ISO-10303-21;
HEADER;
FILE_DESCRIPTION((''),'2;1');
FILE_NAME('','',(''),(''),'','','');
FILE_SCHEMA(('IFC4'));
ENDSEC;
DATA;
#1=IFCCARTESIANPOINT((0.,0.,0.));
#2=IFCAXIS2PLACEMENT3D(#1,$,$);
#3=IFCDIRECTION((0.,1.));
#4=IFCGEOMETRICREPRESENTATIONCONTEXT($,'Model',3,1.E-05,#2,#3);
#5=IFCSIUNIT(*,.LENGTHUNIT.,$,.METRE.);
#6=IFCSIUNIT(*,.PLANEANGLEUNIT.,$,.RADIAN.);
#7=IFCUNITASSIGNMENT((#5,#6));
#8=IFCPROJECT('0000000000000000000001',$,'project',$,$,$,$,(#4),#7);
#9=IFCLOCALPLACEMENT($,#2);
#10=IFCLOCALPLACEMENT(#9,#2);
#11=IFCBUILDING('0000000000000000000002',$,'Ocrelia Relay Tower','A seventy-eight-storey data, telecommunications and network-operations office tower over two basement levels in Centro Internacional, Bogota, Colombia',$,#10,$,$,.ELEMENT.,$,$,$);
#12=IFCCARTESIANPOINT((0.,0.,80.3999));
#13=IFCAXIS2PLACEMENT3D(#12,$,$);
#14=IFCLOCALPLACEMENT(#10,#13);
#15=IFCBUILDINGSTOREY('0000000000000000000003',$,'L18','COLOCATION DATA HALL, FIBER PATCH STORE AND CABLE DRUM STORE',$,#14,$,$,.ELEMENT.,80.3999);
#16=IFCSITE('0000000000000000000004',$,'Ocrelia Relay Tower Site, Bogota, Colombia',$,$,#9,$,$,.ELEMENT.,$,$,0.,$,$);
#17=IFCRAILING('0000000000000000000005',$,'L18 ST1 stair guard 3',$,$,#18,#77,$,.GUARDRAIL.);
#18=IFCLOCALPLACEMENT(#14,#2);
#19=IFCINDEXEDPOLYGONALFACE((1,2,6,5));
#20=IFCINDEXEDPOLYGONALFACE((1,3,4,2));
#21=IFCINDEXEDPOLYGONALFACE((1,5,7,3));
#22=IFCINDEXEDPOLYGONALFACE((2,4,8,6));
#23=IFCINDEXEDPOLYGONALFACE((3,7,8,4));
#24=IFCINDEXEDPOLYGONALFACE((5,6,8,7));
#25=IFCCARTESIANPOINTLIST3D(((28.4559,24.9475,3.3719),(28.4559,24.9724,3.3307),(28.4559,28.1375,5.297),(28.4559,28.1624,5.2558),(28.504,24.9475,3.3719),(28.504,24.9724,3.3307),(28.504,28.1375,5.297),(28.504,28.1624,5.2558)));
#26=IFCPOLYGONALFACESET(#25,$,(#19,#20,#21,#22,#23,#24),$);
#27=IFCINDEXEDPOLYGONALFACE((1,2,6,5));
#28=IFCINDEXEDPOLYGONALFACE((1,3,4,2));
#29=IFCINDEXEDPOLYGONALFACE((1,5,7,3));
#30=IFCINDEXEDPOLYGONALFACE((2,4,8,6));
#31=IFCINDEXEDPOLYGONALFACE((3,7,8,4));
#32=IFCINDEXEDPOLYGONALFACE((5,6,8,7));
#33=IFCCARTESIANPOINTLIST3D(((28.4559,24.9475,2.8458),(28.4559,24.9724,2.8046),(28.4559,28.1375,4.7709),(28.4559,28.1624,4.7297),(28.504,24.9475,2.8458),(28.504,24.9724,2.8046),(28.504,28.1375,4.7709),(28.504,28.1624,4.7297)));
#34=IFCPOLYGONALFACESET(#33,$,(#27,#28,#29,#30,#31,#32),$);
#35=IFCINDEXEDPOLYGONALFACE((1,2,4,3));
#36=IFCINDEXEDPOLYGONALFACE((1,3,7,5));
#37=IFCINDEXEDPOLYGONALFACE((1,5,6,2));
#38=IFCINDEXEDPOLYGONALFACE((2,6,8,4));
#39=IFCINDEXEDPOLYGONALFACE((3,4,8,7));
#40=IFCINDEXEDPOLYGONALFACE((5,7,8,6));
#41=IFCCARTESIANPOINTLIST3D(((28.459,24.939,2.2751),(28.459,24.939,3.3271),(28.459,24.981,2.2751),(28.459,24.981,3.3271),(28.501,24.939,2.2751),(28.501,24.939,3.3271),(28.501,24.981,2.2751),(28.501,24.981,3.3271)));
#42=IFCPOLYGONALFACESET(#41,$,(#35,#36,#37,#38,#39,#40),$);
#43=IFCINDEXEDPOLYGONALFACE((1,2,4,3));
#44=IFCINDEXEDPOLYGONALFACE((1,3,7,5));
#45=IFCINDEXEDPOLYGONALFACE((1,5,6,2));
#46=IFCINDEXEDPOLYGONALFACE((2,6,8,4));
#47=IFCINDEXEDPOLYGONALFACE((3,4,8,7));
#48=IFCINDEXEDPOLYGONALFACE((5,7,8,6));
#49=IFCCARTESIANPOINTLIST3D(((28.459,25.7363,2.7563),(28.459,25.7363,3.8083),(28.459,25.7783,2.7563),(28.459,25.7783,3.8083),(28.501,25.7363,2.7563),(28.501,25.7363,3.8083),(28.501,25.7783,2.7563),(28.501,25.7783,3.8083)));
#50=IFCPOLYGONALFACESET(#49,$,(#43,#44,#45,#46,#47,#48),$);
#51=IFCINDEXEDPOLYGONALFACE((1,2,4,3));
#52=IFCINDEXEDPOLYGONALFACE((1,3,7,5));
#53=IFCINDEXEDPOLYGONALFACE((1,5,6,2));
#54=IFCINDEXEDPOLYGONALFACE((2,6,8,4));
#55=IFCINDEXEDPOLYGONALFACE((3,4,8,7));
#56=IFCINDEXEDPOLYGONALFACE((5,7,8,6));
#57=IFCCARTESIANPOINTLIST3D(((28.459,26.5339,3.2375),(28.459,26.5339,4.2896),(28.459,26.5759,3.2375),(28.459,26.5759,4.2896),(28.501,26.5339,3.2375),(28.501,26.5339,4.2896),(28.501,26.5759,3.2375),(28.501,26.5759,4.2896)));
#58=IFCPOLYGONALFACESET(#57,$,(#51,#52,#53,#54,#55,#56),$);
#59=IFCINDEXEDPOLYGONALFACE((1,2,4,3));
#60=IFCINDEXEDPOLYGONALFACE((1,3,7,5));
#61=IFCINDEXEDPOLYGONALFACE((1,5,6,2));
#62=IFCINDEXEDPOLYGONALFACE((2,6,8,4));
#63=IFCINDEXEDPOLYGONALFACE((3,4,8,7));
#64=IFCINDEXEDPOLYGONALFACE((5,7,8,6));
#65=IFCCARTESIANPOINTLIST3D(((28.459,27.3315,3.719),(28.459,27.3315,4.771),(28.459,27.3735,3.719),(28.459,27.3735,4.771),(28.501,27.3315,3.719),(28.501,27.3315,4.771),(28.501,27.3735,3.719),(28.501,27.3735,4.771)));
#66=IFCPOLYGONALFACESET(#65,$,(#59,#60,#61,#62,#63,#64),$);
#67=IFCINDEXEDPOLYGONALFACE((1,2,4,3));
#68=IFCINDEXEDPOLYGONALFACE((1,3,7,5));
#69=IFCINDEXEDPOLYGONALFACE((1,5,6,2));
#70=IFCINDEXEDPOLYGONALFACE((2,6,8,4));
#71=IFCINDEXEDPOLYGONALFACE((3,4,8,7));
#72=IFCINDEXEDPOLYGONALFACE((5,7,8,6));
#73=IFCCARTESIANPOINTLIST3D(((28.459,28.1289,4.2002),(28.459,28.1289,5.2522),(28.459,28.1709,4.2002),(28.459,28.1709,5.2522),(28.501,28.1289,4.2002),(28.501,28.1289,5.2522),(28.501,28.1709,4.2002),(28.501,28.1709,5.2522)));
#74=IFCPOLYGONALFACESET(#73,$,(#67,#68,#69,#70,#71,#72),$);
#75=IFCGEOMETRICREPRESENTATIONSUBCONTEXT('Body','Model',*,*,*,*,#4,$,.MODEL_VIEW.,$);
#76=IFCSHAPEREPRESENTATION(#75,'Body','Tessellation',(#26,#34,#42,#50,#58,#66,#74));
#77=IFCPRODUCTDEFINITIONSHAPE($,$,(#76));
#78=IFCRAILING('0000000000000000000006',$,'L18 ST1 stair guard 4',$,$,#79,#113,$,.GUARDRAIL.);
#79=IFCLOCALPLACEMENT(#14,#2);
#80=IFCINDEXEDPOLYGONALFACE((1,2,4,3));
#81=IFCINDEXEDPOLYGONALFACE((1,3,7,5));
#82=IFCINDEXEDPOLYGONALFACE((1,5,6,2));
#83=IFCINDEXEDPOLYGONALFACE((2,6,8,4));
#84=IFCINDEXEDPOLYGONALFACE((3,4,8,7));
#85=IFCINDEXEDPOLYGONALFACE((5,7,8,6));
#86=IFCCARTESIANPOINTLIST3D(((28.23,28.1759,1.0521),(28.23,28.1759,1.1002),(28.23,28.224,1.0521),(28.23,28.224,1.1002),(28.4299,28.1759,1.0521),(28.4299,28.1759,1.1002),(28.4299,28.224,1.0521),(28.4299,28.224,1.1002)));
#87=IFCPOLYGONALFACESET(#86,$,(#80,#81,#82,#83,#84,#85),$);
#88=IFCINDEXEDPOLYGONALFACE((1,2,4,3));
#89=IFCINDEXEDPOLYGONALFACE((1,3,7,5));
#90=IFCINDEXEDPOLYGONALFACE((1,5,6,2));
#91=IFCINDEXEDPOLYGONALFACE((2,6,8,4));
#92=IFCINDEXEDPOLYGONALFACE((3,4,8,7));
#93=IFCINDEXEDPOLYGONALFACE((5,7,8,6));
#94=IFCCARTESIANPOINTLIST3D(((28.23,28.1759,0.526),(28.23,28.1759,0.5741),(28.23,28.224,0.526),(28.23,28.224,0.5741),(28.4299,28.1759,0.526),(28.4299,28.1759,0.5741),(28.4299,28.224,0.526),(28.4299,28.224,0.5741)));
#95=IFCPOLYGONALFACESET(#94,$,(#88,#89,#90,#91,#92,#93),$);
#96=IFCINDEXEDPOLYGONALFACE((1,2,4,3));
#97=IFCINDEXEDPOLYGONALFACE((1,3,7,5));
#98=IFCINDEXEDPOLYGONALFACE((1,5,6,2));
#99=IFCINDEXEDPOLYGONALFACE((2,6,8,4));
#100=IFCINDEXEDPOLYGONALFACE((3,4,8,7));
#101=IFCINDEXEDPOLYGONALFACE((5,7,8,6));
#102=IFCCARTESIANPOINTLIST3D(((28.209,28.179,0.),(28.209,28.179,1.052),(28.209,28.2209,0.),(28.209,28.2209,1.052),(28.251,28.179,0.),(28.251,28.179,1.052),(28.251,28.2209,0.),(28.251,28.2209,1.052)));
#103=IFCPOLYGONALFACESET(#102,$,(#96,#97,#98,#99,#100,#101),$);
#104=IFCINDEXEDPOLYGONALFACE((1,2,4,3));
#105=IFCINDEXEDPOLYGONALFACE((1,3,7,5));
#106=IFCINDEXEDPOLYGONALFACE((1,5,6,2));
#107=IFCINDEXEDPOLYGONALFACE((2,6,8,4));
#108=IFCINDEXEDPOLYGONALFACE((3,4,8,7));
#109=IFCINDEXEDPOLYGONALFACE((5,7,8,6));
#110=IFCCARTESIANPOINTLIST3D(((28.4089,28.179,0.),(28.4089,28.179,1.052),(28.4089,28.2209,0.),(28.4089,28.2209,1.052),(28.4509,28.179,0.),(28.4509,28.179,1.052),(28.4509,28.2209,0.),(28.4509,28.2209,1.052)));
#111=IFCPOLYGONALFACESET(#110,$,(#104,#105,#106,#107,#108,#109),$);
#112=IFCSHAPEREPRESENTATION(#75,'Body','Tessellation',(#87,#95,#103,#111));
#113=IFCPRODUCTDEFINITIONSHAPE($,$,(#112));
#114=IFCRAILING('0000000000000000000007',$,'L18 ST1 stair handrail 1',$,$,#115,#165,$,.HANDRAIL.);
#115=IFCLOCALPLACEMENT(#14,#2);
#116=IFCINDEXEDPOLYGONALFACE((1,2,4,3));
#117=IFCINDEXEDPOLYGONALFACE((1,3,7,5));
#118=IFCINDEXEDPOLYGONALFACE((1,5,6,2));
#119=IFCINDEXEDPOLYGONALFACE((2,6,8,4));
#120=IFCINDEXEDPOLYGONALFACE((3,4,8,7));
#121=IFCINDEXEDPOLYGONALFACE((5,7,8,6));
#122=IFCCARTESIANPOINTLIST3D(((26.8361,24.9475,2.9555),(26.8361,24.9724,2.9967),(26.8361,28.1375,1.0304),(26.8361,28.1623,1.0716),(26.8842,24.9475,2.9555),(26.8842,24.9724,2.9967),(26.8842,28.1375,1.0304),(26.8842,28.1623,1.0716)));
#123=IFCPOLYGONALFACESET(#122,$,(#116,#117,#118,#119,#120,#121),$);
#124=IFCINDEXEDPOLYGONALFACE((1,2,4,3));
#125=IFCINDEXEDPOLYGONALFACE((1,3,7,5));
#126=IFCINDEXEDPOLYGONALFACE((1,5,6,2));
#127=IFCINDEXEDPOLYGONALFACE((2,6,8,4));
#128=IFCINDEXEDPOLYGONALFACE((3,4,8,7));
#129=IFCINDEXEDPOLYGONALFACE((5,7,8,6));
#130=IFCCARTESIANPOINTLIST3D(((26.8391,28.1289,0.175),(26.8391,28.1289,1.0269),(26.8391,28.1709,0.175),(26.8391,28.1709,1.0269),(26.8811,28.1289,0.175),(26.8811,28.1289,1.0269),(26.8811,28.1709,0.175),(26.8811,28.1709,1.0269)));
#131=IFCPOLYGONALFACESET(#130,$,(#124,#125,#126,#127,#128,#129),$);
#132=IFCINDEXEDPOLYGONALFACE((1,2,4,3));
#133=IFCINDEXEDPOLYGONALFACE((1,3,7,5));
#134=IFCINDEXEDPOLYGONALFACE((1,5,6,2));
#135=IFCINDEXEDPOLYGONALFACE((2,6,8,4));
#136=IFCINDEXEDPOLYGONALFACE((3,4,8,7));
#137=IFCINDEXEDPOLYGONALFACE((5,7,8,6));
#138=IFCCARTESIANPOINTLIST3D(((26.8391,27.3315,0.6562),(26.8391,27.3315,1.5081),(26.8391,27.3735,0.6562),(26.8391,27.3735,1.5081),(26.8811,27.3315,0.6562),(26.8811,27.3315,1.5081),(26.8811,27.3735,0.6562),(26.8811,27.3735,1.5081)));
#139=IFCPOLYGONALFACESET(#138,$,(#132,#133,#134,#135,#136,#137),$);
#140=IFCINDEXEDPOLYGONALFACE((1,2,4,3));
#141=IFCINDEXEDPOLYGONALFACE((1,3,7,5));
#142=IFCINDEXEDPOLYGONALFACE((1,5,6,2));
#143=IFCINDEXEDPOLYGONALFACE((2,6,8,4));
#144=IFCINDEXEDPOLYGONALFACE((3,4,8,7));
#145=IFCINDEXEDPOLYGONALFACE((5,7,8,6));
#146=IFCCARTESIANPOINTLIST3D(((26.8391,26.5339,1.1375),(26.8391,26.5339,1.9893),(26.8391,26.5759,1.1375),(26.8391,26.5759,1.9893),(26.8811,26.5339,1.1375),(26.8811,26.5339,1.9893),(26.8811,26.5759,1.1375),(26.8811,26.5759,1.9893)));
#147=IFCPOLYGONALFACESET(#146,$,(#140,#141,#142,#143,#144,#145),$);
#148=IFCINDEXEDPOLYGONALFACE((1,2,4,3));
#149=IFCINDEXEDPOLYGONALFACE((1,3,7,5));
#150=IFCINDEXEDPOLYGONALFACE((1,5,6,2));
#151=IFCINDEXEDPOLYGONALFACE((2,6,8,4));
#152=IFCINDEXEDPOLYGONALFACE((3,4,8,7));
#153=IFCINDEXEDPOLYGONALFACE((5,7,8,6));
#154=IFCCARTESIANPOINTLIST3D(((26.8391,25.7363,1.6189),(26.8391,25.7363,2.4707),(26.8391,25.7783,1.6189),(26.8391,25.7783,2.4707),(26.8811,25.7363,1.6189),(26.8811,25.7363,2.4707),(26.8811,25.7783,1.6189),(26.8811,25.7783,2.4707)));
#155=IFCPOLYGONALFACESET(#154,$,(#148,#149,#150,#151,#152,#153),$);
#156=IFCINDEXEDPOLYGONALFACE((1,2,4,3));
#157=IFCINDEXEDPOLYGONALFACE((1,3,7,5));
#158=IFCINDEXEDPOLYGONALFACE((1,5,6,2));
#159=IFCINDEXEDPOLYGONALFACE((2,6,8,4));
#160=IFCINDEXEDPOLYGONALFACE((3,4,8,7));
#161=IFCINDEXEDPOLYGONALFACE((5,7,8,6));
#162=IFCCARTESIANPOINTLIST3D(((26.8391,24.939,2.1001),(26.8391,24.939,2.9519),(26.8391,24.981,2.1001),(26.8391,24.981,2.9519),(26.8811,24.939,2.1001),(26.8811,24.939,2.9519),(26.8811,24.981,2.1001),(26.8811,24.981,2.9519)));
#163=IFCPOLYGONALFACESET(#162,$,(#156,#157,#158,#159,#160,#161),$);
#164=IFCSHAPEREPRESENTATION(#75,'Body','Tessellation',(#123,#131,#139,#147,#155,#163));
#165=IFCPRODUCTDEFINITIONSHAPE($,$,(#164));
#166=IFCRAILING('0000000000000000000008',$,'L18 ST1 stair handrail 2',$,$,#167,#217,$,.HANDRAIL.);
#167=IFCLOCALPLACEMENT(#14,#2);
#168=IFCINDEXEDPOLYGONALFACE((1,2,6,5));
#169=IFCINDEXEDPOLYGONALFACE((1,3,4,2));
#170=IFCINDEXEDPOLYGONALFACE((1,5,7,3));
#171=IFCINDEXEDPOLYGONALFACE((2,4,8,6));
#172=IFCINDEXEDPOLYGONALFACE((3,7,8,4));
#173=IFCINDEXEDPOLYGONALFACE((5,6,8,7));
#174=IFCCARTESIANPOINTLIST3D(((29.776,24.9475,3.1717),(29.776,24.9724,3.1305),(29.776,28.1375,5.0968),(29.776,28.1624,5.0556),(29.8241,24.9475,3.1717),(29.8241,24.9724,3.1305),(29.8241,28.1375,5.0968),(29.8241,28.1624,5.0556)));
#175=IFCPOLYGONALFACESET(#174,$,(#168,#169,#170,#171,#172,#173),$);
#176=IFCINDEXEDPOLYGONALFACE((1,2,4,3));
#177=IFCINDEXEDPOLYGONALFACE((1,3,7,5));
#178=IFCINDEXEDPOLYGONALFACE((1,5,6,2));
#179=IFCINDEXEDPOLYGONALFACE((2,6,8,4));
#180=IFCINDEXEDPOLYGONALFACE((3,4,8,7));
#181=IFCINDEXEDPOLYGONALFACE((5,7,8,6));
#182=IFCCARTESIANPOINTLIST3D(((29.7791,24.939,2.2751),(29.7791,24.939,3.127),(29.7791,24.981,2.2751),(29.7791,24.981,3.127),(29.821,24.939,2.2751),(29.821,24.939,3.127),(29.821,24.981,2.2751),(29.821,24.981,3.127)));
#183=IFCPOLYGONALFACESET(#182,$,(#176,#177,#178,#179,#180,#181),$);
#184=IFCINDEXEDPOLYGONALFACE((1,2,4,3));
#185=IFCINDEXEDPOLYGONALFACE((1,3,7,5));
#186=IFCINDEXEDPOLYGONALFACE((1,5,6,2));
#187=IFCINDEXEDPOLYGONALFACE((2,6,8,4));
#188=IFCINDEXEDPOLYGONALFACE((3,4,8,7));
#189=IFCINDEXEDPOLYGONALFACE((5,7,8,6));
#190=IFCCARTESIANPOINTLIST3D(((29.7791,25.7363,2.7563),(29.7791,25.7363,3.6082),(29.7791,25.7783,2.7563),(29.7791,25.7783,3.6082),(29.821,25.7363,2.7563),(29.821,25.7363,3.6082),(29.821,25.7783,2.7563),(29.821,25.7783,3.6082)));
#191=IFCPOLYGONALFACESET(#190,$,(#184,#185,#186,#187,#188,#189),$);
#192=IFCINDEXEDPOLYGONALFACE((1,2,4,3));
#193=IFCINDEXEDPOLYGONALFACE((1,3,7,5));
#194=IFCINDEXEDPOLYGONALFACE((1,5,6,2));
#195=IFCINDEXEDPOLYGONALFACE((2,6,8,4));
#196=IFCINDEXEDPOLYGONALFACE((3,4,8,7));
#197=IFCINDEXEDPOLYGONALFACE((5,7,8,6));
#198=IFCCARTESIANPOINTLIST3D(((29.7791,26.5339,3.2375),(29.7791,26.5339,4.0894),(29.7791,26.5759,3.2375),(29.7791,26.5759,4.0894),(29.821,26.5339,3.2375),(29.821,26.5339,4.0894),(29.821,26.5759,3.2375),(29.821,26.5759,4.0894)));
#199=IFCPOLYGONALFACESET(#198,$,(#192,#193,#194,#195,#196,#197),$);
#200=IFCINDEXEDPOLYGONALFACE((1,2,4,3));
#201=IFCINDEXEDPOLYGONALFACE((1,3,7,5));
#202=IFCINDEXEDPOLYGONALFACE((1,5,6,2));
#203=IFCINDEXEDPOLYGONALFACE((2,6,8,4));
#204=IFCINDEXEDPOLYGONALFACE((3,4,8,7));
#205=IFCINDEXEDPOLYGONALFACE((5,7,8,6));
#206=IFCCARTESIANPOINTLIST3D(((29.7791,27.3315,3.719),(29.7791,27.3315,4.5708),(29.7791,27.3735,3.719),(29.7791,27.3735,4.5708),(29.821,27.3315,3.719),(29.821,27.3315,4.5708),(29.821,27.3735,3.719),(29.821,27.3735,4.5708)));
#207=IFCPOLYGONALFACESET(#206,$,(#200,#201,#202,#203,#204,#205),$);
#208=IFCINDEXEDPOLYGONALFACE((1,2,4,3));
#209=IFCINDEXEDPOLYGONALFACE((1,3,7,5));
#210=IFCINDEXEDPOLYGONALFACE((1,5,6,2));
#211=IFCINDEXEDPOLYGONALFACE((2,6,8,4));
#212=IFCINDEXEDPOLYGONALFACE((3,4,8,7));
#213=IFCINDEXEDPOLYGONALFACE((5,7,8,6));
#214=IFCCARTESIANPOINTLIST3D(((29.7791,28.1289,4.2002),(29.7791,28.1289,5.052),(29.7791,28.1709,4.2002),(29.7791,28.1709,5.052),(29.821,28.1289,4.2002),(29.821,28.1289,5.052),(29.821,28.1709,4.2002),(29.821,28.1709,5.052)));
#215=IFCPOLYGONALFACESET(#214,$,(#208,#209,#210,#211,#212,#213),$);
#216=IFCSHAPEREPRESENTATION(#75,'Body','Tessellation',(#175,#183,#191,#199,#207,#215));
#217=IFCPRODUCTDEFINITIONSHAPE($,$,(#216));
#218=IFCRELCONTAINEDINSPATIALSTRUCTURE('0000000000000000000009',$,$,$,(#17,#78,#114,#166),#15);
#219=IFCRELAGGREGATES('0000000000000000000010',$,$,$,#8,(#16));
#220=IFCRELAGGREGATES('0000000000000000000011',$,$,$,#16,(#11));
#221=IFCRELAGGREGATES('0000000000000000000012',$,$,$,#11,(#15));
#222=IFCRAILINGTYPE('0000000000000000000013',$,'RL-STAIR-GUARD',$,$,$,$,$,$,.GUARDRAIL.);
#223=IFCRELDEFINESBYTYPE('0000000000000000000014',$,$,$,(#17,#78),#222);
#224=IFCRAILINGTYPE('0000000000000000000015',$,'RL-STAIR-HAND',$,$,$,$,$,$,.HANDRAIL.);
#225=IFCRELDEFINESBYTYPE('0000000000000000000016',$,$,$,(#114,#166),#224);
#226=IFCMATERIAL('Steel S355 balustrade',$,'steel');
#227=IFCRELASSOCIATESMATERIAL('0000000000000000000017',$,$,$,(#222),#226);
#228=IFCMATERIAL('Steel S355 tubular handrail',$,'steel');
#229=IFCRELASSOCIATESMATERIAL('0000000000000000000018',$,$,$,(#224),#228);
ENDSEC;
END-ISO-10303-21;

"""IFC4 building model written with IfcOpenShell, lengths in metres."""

from ifc_helpers import new_model, si_unit, direction, frame, origin, origin_2d, place, context, subcontext, project, spatial, rectangle, extrude, material, type_object, element, save


model = new_model("IFC4")

# Units and contexts
model_context = context("Model", 3, precision=1e-05, world=origin(), true_north=direction((0.0, 1.0)))
body_context = subcontext(model_context, "Body", "Model", "MODEL_VIEW")
ifc_project = project(units=[si_unit("LENGTHUNIT", "METRE"), si_unit("PLANEANGLEUNIT", "RADIAN")], contexts=[model_context])

# Site, building, storey
site_placement = place(None, origin())
site = spatial("IfcSite", under=ifc_project, at=site_placement, Name="Ocrelia Relay Tower Site, Bogota, Colombia", CompositionType="ELEMENT", RefElevation=0.0)
building_placement = place(site_placement, origin())
building = spatial("IfcBuilding", under=site, at=building_placement, Name="Ocrelia Relay Tower", Description="A seventy-eight-storey data, telecommunications and network-operations office tower over two basement levels in Centro Internacional, Bogota, Colombia", CompositionType="ELEMENT")
storey_placement = place(building_placement, frame((0.0, 0.0, 80.3999)))
storey = spatial("IfcBuildingStorey", under=building, at=storey_placement, Name="L18", Description="COLOCATION DATA HALL, FIBER PATCH STORE AND CABLE DRUM STORE", CompositionType="ELEMENT", Elevation=80.3999)

# Railings
ifc_material_1 = material(Name="Steel S355 balustrade", Category="steel")
railing_type_1 = type_object("IfcRailingType", Name="RL-STAIR-GUARD", PredefinedType="GUARDRAIL", material=ifc_material_1)
railing_1_placement = place(storey_placement, frame((28.48, 24.96, 2.2751)))
element("IfcRailing", 1, at=railing_1_placement, inside=storey, type_object=railing_type_1, Name="L18 ST1 stair guard 3", PredefinedType="GUARDRAIL", context=body_context, shape_type="SweptSolid", body=[
    extrude(rectangle(XDim=0.0481, YDim=0.0481, at=origin_2d()), frame((0.0, 0.0, 1.0762), z_axis=(0.0, 0.856178, 0.516682), x_axis=(-1.0, 0.0, 0.0)), (0.0, 0.0, 1.0), 3.7258),
    extrude(rectangle(XDim=0.0481, YDim=0.0481, at=origin_2d()), frame((0.0, 0.0, 0.55), z_axis=(0.0, 0.856178, 0.516682), x_axis=(-1.0, 0.0, 0.0)), (0.0, 0.0, 1.0), 3.7258),
    extrude(rectangle(XDim=0.042, YDim=0.042, at=origin_2d()), origin(), (0.0, 0.0, 1.0), 1.052),
    extrude(rectangle(XDim=0.042, YDim=0.042, at=origin_2d()), frame((0.0, 0.7974, 0.4812)), (0.0, 0.0, 1.0), 1.052),
    extrude(rectangle(XDim=0.042, YDim=0.042, at=origin_2d()), frame((0.0, 1.595, 0.9624)), (0.0, 0.0, 1.0), 1.052),
    extrude(rectangle(XDim=0.042, YDim=0.042, at=origin_2d()), frame((0.0, 2.3926, 1.4438)), (0.0, 0.0, 1.0), 1.052),
    extrude(rectangle(XDim=0.042, YDim=0.042, at=origin_2d()), frame((0.0, 3.1899, 1.925)), (0.0, 0.0, 1.0), 1.052),
])
railing_2_placement = place(storey_placement, frame((28.23, 28.2, 0.0)))
element("IfcRailing", 2, at=railing_2_placement, inside=storey, type_object=railing_type_1, Name="L18 ST1 stair guard 4", PredefinedType="GUARDRAIL", context=body_context, shape_type="SweptSolid", body=[
    extrude(rectangle(XDim=0.0481, YDim=0.0481, at=origin_2d()), frame((0.0, 0.0, 1.0762), z_axis=(1.0, 0.0, 0.0), x_axis=(0.0, 1.0, 0.0)), (0.0, 0.0, 1.0), 0.2),
    extrude(rectangle(XDim=0.0481, YDim=0.0481, at=origin_2d()), frame((0.0, 0.0, 0.55), z_axis=(1.0, 0.0, 0.0), x_axis=(0.0, 1.0, 0.0)), (0.0, 0.0, 1.0), 0.2),
    extrude(rectangle(XDim=0.042, YDim=0.042, at=origin_2d()), origin(), (0.0, 0.0, 1.0), 1.052),
    extrude(rectangle(XDim=0.042, YDim=0.042, at=origin_2d()), frame((0.2, 0.0, 0.0)), (0.0, 0.0, 1.0), 1.052),
])
ifc_material_2 = material(Name="Steel S355 tubular handrail", Category="steel")
railing_type_2 = type_object("IfcRailingType", Name="RL-STAIR-HAND", PredefinedType="HANDRAIL", material=ifc_material_2)
railing_3_placement = place(storey_placement, frame((26.8601, 28.1499, 0.175)))
element("IfcRailing", 3, at=railing_3_placement, inside=storey, type_object=railing_type_2, Name="L18 ST1 stair handrail 1", PredefinedType="HANDRAIL", context=body_context, shape_type="SweptSolid", body=[
    extrude(rectangle(XDim=0.0481, YDim=0.0481, at=origin_2d()), frame((0.0, 0.0, 0.876), z_axis=(0.0, -0.856178, 0.516682), x_axis=(1.0, 0.0, 0.0)), (0.0, 0.0, 1.0), 3.7258),
    extrude(rectangle(XDim=0.042, YDim=0.042, at=origin_2d()), origin(), (0.0, 0.0, 1.0), 0.8518),
    extrude(rectangle(XDim=0.042, YDim=0.042, at=origin_2d()), frame((0.0, -0.7974, 0.4812)), (0.0, 0.0, 1.0), 0.8518),
    extrude(rectangle(XDim=0.042, YDim=0.042, at=origin_2d()), frame((0.0, -1.595, 0.9624)), (0.0, 0.0, 1.0), 0.8518),
    extrude(rectangle(XDim=0.042, YDim=0.042, at=origin_2d()), frame((0.0, -2.3926, 1.4438)), (0.0, 0.0, 1.0), 0.8518),
    extrude(rectangle(XDim=0.042, YDim=0.042, at=origin_2d()), frame((0.0, -3.1899, 1.925)), (0.0, 0.0, 1.0), 0.8518),
])
railing_4_placement = place(storey_placement, frame((29.8, 24.96, 2.2751)))
element("IfcRailing", 4, at=railing_4_placement, inside=storey, type_object=railing_type_2, Name="L18 ST1 stair handrail 2", PredefinedType="HANDRAIL", context=body_context, shape_type="SweptSolid", body=[
    extrude(rectangle(XDim=0.0481, YDim=0.0481, at=origin_2d()), frame((0.0, 0.0, 0.876), z_axis=(0.0, 0.856178, 0.516682), x_axis=(-1.0, 0.0, 0.0)), (0.0, 0.0, 1.0), 3.7258),
    extrude(rectangle(XDim=0.042, YDim=0.042, at=origin_2d()), origin(), (0.0, 0.0, 1.0), 0.8518),
    extrude(rectangle(XDim=0.042, YDim=0.042, at=origin_2d()), frame((0.0, 0.7974, 0.4812)), (0.0, 0.0, 1.0), 0.8518),
    extrude(rectangle(XDim=0.042, YDim=0.042, at=origin_2d()), frame((0.0, 1.595, 0.9624)), (0.0, 0.0, 1.0), 0.8518),
    extrude(rectangle(XDim=0.042, YDim=0.042, at=origin_2d()), frame((0.0, 2.3926, 1.4438)), (0.0, 0.0, 1.0), 0.8518),
    extrude(rectangle(XDim=0.042, YDim=0.042, at=origin_2d()), frame((0.0, 3.1899, 1.925)), (0.0, 0.0, 1.0), 0.8518),
])

save(model, "model.ifc")
